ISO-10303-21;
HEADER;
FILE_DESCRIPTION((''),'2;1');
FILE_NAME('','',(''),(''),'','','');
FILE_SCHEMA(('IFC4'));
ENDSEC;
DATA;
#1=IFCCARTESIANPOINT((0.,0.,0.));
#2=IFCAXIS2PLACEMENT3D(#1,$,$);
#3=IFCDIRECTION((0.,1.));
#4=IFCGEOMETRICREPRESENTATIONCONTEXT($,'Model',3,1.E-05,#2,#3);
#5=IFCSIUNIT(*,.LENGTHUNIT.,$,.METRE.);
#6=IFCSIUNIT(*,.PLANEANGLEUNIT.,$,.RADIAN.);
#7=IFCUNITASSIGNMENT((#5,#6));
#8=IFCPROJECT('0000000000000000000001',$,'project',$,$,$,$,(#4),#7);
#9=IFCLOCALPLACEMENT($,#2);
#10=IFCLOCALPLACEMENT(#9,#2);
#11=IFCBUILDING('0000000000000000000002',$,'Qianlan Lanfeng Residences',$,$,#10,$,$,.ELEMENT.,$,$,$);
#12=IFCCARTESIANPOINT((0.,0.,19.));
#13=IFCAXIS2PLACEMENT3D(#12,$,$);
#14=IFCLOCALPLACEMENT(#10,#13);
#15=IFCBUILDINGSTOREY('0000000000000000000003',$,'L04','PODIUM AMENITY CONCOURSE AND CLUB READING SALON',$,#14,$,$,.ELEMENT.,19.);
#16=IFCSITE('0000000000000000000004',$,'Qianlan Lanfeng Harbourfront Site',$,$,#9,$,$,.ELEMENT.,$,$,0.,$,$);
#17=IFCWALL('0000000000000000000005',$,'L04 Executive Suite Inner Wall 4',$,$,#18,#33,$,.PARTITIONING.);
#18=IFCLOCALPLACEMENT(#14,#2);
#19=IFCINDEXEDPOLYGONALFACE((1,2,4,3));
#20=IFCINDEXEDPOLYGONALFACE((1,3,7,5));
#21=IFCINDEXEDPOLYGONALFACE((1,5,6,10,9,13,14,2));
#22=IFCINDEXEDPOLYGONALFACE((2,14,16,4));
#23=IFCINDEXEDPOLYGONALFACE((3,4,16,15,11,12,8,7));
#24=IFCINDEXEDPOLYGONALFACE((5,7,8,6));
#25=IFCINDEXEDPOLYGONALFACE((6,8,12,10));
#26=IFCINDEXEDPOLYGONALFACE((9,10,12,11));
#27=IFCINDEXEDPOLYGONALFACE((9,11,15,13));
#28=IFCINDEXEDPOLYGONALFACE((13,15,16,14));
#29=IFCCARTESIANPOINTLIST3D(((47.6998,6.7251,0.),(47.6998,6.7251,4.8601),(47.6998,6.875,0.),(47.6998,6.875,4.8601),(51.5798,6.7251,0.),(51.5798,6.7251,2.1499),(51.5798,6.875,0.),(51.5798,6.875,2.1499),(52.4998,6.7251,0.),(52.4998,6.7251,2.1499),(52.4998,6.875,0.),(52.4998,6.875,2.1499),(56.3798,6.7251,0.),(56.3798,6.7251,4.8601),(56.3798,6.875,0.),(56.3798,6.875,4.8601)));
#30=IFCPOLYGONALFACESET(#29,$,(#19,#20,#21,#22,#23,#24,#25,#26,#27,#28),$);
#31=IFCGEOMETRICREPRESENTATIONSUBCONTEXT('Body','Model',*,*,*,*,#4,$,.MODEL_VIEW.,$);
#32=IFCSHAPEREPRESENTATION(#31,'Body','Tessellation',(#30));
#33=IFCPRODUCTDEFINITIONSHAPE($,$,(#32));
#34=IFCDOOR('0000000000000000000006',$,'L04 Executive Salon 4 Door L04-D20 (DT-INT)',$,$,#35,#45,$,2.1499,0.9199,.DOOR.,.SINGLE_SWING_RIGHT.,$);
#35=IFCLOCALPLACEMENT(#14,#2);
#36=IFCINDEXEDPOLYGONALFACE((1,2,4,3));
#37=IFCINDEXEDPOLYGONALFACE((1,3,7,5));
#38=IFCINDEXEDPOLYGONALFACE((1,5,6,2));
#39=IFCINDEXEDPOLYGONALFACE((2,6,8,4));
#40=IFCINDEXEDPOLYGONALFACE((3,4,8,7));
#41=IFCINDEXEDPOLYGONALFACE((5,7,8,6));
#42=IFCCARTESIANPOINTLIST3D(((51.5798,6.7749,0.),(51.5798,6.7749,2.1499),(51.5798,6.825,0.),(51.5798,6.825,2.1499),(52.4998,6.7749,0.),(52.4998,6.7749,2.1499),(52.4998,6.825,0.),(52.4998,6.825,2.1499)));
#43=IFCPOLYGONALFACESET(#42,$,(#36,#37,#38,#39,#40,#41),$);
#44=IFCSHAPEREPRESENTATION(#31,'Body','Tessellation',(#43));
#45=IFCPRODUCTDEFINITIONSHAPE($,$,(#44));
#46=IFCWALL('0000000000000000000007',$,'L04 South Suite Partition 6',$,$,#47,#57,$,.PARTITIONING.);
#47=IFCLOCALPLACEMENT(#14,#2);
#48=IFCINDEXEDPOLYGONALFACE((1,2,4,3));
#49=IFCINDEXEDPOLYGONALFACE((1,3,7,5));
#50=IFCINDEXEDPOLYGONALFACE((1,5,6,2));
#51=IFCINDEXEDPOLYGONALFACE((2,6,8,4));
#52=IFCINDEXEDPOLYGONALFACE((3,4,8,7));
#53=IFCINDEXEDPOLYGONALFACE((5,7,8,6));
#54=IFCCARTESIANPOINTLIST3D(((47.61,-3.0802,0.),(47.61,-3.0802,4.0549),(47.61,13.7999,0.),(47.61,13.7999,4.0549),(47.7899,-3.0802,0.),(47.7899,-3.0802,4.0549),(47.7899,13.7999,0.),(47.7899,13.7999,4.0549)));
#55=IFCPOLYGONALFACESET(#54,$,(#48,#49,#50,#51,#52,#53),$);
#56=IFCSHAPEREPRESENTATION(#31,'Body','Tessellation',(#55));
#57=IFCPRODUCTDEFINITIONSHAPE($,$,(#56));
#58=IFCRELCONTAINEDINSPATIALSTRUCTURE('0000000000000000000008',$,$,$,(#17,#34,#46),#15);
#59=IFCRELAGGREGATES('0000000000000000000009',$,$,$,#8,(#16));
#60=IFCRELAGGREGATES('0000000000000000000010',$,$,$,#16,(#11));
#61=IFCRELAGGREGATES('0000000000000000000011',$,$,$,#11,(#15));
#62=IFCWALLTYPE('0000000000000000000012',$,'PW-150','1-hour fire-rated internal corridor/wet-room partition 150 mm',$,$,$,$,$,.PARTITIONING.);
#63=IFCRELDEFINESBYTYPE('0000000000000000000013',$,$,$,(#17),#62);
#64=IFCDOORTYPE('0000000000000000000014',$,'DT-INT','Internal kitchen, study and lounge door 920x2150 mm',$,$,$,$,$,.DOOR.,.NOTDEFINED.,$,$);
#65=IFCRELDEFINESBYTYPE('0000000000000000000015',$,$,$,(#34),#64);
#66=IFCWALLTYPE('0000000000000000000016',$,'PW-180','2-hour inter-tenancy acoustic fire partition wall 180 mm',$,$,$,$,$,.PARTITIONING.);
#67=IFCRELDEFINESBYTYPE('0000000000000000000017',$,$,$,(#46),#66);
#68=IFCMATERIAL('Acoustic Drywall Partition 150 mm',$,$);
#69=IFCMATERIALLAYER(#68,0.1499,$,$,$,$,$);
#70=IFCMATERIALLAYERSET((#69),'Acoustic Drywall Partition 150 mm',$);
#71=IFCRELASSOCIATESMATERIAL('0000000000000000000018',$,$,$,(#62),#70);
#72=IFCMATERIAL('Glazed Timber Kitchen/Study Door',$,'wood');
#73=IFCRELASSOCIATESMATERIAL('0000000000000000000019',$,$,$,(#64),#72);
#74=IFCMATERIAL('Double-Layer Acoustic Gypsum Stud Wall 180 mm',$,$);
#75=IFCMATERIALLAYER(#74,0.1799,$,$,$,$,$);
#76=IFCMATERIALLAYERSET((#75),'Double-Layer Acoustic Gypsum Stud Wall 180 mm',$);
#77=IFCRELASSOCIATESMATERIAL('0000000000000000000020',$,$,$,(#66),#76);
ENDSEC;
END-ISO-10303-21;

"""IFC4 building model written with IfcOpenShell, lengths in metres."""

from ifc_helpers import new_model, si_unit, direction, frame, frame_2d, origin, place, context, subcontext, project, spatial, rectangle, extrude, material, layer, layer_set, type_object, element, fill, save


model = new_model("IFC4")

# Units and contexts
model_context = context("Model", 3, precision=1e-05, world=origin(), true_north=direction((0.0, 1.0)))
body_context = subcontext(model_context, "Body", "Model", "MODEL_VIEW")
ifc_project = project(units=[si_unit("LENGTHUNIT", "METRE"), si_unit("PLANEANGLEUNIT", "RADIAN")], contexts=[model_context])

# Site, building, storey
site_placement = place(None, origin())
site = spatial("IfcSite", under=ifc_project, at=site_placement, Name="Qianlan Lanfeng Harbourfront Site", CompositionType="ELEMENT", RefElevation=0.0)
building_placement = place(site_placement, origin())
building = spatial("IfcBuilding", under=site, at=building_placement, Name="Qianlan Lanfeng Residences", CompositionType="ELEMENT")
storey_placement = place(building_placement, frame((0.0, 0.0, 19.0)))
storey = spatial("IfcBuildingStorey", under=building, at=storey_placement, Name="L04", Description="PODIUM AMENITY CONCOURSE AND CLUB READING SALON", CompositionType="ELEMENT", Elevation=19.0)

# Wall, opening, door
ifc_material_1 = material(Name="Acoustic Drywall Partition 150 mm")
ifc_layer_1 = layer(ifc_material_1, 0.1499)
ifc_layer_set_1 = layer_set([ifc_layer_1], Name="Acoustic Drywall Partition 150 mm")
wall_type_1 = type_object("IfcWallType", Name="PW-150", Description="1-hour fire-rated internal corridor/wet-room partition 150 mm", PredefinedType="PARTITIONING", material=ifc_layer_set_1)
wall_1_placement = place(storey_placement, frame((47.7, 6.8, 0.0), z_axis=(0.0, 0.0, 1.0), x_axis=(1.0, 0.0, 0.0)))
wall_1 = element("IfcWall", 1, at=wall_1_placement, inside=storey, type_object=wall_type_1, Name="L04 Executive Suite Inner Wall 4", PredefinedType="PARTITIONING", context=body_context, shape_type="SweptSolid", body=[
    extrude(rectangle(XDim=8.6799, YDim=0.1499, at=frame_2d((4.3398, 0.0))), origin(), (0.0, 0.0, 1.0), 4.8601),
])
opening_placement = place(wall_1_placement, frame((3.8799, 0.0, 0.0)))
opening = element("IfcOpeningElement", 2, at=opening_placement, cuts=wall_1, PredefinedType="OPENING", context=body_context, shape_type="SweptSolid", body=[
    extrude(rectangle(XDim=0.9199, YDim=2.1499, at=frame_2d((0.46, 1.075))), frame((0.0, 0.085, 0.0), z_axis=(0.0, -1.0, 0.0), x_axis=(1.0, 0.0, 0.0)), (0.0, 0.0, 1.0), 0.1699),
])
ifc_material_2 = material(Name="Glazed Timber Kitchen/Study Door", Category="wood")
door_type = type_object("IfcDoorType", Name="DT-INT", Description="Internal kitchen, study and lounge door 920x2150 mm", OperationType="NOTDEFINED", PredefinedType="DOOR", material=ifc_material_2)
door_placement = place(opening_placement, origin())
door = element("IfcDoor", 3, at=door_placement, inside=storey, type_object=door_type, Name="L04 Executive Salon 4 Door L04-D20 (DT-INT)", OperationType="SINGLE_SWING_RIGHT", OverallHeight=2.1499, OverallWidth=0.9199, PredefinedType="DOOR", context=body_context, shape_type="SweptSolid", body=[
    extrude(rectangle(XDim=0.9199, YDim=2.1499, at=frame_2d((0.46, 1.075))), frame((0.0, 0.0249, 0.0), z_axis=(0.0, -1.0, 0.0), x_axis=(1.0, 0.0, 0.0)), (0.0, 0.0, 1.0), 0.05),
])
fill(opening, door)

# Wall
ifc_material_3 = material(Name="Double-Layer Acoustic Gypsum Stud Wall 180 mm")
ifc_layer_2 = layer(ifc_material_3, 0.1799)
ifc_layer_set_2 = layer_set([ifc_layer_2], Name="Double-Layer Acoustic Gypsum Stud Wall 180 mm")
wall_type_2 = type_object("IfcWallType", Name="PW-180", Description="2-hour inter-tenancy acoustic fire partition wall 180 mm", PredefinedType="PARTITIONING", material=ifc_layer_set_2)
wall_2_placement = place(storey_placement, frame((47.7, -3.0801, 0.0), z_axis=(0.0, 0.0, 1.0), x_axis=(0.0, 1.0, 0.0)))
element("IfcWall", 4, at=wall_2_placement, inside=storey, type_object=wall_type_2, Name="L04 South Suite Partition 6", PredefinedType="PARTITIONING", context=body_context, shape_type="SweptSolid", body=[
    extrude(rectangle(XDim=16.8801, YDim=0.1799, at=frame_2d((8.4399, 0.0))), origin(), (0.0, 0.0, 1.0), 4.0549),
])

save(model, "model.ifc")
